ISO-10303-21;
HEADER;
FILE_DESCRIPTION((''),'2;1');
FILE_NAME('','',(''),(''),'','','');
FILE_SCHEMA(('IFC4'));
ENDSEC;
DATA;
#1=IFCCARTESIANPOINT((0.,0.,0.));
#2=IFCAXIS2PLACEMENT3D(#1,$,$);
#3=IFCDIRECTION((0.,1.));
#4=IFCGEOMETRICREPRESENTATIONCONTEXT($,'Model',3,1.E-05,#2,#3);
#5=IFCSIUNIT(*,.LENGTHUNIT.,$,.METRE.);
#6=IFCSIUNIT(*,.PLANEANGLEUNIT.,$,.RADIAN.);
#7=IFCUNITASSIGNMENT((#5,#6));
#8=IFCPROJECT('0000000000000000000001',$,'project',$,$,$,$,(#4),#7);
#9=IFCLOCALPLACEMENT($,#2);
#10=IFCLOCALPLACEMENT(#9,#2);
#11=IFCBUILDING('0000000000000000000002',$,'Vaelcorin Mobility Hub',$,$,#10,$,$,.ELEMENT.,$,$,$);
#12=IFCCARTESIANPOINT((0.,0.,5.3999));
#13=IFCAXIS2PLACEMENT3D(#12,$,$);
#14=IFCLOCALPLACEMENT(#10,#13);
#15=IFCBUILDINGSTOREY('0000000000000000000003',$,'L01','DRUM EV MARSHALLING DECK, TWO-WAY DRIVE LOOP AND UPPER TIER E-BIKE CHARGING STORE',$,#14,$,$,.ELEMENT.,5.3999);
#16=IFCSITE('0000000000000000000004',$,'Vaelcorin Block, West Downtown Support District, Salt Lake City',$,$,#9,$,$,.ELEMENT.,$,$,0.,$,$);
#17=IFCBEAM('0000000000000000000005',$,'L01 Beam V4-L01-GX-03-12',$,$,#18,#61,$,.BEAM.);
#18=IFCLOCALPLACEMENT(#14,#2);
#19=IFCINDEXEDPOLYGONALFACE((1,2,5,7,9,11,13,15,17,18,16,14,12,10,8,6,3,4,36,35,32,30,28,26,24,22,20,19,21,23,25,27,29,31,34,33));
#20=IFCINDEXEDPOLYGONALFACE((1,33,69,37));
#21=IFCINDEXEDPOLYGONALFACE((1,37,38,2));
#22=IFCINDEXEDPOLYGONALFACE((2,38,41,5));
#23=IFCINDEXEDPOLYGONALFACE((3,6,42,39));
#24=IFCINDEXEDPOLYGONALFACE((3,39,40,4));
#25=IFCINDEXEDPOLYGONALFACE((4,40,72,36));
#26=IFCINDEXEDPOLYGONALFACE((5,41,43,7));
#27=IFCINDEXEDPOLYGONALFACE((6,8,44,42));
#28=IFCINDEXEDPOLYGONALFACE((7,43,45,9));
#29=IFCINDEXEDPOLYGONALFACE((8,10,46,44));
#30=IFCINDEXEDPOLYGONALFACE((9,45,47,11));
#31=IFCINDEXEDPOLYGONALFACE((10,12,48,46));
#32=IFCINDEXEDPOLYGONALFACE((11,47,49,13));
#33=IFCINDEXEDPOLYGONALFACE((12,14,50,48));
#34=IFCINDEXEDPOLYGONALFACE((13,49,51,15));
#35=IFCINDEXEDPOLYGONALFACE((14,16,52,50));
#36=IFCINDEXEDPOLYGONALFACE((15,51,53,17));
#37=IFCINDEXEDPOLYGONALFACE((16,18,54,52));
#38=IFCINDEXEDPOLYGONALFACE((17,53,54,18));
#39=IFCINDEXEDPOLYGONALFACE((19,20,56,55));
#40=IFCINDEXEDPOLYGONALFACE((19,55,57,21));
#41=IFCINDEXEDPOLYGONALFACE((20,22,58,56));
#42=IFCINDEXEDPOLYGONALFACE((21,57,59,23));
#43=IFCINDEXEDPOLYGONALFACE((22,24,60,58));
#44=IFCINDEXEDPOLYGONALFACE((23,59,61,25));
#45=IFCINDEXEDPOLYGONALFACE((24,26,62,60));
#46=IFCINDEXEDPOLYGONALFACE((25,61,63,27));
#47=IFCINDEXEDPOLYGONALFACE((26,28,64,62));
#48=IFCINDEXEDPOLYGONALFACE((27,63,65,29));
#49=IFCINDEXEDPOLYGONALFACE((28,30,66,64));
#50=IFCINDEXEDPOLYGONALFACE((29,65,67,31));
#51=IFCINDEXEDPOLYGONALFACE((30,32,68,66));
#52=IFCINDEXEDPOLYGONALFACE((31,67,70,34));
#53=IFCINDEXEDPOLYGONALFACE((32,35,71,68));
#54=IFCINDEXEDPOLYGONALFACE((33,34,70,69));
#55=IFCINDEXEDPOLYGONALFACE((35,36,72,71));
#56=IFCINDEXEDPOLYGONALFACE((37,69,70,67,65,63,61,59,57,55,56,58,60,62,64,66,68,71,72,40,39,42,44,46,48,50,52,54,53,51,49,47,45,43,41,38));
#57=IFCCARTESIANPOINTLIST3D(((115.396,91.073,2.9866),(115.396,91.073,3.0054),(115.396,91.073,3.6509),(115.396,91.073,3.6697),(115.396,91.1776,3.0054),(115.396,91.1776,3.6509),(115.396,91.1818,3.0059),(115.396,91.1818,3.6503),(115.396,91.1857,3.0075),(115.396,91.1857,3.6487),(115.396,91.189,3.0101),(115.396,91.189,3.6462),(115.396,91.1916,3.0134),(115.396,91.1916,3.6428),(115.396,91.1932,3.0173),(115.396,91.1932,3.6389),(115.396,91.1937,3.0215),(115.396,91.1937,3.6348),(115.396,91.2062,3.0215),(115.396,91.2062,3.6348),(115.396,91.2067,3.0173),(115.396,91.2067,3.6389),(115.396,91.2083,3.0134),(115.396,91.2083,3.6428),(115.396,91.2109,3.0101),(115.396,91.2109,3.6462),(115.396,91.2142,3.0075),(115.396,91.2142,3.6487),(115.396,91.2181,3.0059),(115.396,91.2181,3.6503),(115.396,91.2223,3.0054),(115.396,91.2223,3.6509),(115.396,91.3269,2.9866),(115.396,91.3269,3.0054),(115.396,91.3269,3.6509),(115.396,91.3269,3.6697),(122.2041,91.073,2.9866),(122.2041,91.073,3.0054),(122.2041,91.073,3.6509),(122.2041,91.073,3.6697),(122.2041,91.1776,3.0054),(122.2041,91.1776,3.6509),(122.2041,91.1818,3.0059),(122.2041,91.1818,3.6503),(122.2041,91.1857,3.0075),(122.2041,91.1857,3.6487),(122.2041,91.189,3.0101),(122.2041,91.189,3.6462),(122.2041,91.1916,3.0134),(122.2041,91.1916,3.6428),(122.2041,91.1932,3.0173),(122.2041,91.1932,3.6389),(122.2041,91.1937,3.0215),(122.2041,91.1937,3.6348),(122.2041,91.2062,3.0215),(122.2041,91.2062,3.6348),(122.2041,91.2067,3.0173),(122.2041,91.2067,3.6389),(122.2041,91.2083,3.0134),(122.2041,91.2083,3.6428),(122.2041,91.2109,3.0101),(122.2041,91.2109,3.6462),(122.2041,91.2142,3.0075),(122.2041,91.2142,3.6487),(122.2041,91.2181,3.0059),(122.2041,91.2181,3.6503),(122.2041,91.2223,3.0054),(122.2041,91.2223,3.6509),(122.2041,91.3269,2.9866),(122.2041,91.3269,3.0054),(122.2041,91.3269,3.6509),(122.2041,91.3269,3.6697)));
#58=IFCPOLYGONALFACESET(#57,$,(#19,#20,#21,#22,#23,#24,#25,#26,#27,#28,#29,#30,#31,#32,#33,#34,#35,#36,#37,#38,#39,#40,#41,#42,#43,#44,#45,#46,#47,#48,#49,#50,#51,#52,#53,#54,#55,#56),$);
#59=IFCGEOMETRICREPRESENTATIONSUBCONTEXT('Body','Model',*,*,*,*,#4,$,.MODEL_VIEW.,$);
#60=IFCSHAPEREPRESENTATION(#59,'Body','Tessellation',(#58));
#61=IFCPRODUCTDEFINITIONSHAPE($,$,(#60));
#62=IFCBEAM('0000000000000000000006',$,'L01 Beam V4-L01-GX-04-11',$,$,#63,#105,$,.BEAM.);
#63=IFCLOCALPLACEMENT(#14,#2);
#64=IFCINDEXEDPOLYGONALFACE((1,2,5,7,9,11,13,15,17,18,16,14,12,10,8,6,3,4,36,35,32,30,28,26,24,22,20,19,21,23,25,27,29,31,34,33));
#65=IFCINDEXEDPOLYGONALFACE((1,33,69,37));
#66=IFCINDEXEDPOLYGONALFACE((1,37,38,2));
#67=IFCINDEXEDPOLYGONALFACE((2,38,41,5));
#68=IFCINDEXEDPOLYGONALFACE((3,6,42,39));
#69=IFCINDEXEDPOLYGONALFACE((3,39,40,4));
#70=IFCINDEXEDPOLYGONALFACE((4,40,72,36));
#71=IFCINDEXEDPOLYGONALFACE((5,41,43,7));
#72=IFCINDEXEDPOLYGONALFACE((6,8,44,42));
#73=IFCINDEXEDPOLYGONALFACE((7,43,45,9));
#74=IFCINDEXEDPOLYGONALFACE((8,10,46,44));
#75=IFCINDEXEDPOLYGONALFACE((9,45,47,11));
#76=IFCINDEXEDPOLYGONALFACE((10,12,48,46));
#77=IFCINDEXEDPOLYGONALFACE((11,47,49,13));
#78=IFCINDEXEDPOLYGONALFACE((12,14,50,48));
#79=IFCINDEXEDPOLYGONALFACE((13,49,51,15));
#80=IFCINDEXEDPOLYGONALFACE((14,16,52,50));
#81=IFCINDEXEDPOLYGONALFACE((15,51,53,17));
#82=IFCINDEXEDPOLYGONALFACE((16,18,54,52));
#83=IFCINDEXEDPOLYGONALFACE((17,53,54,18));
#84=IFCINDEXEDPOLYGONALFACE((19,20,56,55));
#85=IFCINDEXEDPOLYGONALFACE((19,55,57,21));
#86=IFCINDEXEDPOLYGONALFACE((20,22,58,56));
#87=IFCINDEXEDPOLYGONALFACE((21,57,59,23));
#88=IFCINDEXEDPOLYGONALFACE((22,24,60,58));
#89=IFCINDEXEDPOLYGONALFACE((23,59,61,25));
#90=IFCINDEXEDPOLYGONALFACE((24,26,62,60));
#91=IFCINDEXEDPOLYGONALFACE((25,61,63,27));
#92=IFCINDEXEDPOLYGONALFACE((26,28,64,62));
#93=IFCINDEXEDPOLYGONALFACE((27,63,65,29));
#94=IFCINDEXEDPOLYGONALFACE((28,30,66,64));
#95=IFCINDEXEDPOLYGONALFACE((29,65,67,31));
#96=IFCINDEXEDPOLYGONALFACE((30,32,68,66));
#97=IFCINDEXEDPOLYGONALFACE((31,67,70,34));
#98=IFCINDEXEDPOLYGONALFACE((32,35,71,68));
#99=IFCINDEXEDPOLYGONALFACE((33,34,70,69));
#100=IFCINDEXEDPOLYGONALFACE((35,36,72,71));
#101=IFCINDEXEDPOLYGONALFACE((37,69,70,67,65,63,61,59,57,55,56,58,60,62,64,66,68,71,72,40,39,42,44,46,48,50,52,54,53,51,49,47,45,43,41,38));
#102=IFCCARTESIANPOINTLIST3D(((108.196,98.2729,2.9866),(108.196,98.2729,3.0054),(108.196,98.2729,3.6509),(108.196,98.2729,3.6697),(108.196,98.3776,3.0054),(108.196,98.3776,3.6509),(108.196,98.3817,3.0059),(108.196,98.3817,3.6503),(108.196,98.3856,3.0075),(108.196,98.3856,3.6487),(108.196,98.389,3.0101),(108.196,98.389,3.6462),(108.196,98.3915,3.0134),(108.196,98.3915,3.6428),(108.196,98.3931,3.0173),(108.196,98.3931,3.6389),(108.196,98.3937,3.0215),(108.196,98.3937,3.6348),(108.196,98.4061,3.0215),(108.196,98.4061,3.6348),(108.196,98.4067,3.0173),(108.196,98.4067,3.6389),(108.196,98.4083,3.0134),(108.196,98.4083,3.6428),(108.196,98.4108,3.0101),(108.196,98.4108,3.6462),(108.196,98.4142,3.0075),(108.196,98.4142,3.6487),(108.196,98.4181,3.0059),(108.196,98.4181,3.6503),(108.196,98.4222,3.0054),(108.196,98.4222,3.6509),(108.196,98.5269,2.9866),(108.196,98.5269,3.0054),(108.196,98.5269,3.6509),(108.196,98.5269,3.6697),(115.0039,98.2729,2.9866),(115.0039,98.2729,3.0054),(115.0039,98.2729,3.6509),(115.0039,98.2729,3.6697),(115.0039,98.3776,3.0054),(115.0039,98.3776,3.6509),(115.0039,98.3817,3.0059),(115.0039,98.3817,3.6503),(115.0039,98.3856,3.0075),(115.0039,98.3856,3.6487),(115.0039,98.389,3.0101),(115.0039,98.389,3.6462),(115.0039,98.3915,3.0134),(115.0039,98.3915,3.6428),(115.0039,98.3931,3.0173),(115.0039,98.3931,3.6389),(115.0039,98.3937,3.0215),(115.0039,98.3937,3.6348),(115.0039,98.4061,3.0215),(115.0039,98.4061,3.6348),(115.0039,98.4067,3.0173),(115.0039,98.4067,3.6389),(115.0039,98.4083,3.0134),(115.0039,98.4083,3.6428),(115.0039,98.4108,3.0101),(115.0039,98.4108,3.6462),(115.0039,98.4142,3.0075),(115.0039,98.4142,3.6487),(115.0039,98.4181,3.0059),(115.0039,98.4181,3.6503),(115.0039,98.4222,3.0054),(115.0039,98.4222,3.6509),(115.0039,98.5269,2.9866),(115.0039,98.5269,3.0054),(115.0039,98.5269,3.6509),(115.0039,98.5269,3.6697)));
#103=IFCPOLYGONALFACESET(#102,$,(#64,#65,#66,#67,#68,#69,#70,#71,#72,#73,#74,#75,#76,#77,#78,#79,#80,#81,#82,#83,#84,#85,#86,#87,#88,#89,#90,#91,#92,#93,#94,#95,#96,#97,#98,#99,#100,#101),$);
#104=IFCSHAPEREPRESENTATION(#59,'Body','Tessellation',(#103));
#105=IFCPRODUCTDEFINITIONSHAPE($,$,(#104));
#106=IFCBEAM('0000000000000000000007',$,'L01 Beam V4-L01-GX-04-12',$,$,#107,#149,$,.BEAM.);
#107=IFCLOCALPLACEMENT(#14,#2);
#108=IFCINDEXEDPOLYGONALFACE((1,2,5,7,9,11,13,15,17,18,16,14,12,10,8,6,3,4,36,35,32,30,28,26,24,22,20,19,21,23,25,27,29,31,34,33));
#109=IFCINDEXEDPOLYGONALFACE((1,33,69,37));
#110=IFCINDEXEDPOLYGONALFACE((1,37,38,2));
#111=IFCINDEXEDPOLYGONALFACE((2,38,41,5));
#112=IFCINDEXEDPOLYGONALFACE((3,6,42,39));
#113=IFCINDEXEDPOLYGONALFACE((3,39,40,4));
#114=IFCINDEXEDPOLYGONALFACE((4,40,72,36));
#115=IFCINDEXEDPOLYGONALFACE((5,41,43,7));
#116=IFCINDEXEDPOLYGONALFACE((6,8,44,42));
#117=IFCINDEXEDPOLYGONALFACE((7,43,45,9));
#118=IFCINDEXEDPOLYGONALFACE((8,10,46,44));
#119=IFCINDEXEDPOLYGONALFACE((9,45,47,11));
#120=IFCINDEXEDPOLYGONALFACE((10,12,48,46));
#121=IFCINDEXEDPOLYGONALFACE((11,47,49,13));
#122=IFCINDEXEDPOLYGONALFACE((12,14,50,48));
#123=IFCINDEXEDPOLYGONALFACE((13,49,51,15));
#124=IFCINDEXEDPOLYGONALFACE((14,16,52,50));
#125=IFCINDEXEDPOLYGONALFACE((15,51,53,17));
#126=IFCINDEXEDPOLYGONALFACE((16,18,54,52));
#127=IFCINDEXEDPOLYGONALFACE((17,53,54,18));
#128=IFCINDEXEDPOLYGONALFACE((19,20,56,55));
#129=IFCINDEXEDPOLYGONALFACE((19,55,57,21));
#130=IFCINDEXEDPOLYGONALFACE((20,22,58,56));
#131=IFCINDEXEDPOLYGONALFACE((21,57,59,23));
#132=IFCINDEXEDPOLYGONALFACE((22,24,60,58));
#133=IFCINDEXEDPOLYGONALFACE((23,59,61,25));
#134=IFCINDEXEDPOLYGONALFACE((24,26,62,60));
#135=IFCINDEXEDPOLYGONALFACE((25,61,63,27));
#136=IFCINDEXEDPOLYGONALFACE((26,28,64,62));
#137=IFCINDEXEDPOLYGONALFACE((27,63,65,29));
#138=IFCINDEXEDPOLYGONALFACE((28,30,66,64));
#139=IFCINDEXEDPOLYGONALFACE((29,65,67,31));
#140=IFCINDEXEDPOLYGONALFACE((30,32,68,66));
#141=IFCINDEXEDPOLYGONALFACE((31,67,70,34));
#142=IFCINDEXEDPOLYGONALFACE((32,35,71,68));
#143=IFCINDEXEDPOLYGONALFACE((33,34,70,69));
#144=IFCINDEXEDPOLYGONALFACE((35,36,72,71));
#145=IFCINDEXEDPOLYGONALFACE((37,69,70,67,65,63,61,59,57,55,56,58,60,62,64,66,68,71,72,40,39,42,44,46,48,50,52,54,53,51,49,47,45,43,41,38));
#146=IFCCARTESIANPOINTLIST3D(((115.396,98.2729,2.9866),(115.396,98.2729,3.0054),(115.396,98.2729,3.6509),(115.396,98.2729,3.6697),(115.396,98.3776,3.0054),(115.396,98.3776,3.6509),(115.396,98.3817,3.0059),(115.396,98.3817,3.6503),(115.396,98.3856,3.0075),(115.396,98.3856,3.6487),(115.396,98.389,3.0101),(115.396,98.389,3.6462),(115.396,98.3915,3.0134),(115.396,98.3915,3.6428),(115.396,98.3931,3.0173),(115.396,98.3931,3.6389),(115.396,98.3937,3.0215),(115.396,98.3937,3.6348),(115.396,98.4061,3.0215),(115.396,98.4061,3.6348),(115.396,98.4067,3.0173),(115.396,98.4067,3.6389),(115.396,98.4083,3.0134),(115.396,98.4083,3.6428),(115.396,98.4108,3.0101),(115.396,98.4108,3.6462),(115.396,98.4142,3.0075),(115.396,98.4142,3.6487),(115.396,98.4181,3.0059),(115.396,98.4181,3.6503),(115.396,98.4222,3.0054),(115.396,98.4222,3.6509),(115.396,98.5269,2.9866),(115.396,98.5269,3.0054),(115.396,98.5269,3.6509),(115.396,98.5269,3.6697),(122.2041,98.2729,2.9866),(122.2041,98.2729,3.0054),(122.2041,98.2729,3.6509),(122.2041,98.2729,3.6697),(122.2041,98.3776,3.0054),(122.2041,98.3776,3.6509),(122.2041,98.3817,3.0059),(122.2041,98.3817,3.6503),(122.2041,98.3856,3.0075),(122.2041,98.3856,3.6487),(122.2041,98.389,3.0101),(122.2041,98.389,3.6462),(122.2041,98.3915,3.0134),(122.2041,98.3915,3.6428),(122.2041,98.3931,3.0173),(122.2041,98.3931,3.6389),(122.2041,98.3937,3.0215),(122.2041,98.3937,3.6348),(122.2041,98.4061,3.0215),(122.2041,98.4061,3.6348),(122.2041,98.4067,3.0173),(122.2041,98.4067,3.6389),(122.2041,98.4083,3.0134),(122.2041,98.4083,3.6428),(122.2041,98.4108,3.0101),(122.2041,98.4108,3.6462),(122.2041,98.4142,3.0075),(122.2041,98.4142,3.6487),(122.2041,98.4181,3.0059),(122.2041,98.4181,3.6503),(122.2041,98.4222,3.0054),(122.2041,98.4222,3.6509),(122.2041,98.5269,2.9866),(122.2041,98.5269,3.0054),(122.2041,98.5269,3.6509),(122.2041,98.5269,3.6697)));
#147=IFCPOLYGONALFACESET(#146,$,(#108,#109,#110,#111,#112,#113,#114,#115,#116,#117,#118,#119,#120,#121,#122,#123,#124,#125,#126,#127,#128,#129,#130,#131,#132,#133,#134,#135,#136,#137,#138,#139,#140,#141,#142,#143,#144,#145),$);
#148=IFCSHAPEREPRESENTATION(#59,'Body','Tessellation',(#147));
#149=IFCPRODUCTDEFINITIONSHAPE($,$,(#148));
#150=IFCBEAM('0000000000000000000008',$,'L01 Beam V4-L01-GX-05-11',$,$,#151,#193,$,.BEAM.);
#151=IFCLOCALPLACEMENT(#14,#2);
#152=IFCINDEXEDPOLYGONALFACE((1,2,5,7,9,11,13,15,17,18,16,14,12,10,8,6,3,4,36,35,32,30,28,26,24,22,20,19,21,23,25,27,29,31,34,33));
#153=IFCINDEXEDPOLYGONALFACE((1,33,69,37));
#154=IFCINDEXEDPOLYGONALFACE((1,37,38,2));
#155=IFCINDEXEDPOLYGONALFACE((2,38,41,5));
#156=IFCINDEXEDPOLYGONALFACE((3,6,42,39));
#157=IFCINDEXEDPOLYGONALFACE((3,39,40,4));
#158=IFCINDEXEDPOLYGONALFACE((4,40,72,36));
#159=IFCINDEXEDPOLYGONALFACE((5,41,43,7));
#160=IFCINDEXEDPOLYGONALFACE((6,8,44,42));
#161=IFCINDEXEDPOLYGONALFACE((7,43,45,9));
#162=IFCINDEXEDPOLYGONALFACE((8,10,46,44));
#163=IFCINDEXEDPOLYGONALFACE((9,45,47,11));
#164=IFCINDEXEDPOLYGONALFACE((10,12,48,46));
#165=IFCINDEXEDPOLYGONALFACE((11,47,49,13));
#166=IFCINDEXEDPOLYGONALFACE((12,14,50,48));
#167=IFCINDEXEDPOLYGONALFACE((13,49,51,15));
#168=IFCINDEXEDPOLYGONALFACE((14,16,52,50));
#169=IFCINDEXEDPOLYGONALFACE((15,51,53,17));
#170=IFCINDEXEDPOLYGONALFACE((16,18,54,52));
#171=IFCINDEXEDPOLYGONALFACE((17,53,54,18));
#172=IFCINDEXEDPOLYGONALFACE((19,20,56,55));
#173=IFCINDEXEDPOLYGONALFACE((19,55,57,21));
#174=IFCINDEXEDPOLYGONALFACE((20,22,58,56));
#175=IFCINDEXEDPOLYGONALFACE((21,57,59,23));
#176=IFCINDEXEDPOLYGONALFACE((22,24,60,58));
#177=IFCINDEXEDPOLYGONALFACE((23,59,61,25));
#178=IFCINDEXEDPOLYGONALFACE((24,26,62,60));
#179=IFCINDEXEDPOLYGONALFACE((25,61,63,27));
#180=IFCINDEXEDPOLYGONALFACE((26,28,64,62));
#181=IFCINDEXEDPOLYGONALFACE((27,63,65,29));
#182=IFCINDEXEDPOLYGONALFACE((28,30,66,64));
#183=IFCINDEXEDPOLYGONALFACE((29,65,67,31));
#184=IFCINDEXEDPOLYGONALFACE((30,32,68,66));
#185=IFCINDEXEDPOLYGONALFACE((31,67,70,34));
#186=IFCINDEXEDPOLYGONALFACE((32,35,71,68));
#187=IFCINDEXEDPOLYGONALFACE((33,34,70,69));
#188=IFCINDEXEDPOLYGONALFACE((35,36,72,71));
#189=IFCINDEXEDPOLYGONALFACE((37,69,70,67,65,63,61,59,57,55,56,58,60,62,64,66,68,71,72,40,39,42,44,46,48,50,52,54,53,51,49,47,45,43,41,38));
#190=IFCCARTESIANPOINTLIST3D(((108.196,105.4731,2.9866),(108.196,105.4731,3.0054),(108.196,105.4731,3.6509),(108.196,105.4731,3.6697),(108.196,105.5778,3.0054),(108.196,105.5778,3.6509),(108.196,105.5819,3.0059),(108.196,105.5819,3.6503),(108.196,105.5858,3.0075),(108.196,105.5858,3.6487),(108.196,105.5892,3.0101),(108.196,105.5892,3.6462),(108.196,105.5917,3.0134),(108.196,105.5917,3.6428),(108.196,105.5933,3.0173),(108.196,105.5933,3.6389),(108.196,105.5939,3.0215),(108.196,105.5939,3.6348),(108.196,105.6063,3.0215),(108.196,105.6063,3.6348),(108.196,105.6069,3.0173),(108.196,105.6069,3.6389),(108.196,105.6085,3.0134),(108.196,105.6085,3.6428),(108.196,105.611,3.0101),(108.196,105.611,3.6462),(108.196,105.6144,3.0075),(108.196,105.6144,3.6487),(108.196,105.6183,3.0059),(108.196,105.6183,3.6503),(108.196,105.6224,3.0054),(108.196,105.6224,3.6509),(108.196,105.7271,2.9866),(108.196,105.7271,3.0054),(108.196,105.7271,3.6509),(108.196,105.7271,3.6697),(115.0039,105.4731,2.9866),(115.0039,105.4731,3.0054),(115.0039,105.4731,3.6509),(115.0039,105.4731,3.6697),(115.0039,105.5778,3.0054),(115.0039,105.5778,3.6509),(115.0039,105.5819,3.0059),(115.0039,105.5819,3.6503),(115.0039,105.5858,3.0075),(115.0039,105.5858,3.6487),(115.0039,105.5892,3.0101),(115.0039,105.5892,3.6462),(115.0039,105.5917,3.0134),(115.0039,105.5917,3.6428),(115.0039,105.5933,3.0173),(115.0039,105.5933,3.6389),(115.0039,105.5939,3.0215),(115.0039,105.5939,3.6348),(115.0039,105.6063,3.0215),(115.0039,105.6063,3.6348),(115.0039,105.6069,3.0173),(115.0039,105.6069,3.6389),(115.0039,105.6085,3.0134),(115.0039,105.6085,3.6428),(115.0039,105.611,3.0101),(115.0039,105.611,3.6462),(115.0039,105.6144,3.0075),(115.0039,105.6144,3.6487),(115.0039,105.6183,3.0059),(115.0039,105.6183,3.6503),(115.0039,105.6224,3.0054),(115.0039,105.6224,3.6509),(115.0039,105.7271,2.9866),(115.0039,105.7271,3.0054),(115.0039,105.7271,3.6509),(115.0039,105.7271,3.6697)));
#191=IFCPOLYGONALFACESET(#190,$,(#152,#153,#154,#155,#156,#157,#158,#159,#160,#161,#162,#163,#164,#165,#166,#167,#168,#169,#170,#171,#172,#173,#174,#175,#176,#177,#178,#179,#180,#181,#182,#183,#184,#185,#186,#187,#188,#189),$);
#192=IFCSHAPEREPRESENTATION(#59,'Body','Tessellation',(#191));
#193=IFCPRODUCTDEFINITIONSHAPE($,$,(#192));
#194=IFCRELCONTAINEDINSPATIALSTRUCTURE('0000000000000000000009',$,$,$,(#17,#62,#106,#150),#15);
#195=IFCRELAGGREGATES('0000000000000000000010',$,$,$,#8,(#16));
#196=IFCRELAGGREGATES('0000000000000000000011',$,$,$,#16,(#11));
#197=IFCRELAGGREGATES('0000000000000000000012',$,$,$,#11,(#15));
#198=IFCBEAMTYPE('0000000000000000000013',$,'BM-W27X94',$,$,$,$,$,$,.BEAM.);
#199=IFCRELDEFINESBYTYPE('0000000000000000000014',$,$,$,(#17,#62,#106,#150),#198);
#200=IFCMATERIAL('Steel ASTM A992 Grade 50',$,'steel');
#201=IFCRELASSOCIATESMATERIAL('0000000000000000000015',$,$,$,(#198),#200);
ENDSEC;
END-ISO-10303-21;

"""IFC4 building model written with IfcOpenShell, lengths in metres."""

from ifc_helpers import new_model, si_unit, direction, frame, origin, origin_2d, place, context, subcontext, project, spatial, i_section, extrude, material, material_profile, profile_set, type_object, element, save


model = new_model("IFC4")

# Units and contexts
model_context = context("Model", 3, precision=1e-05, world=origin(), true_north=direction((0.0, 1.0)))
body_context = subcontext(model_context, "Body", "Model", "MODEL_VIEW")
ifc_project = project(units=[si_unit("LENGTHUNIT", "METRE"), si_unit("PLANEANGLEUNIT", "RADIAN")], contexts=[model_context])

# Site, building, storey
site_placement = place(None, origin())
site = spatial("IfcSite", under=ifc_project, at=site_placement, Name="Vaelcorin Block, West Downtown Support District, Salt Lake City", CompositionType="ELEMENT", RefElevation=0.0)
building_placement = place(site_placement, origin())
building = spatial("IfcBuilding", under=site, at=building_placement, Name="Vaelcorin Mobility Hub", CompositionType="ELEMENT")
storey_placement = place(building_placement, frame((0.0, 0.0, 5.3999)))
storey = spatial("IfcBuildingStorey", under=building, at=storey_placement, Name="L01", Description="DRUM EV MARSHALLING DECK, TWO-WAY DRIVE LOOP AND UPPER TIER E-BIKE CHARGING STORE", CompositionType="ELEMENT", Elevation=5.3999)

# Shared definitions
ifc_material_1 = material(Name="Steel ASTM A992 Grade 50", Category="steel")

# Beams
ifc_material_profile_1 = material_profile(ifc_material_1, i_section(OverallWidth=0.2539, OverallDepth=0.6831, WebThickness=0.0125, FlangeThickness=0.0188, FilletRadius=0.0161, at=origin_2d()), Name="W27X94")
ifc_profile_set_1 = profile_set([ifc_material_profile_1], Name="Steel ASTM A992 Grade 50")
beam_type_1 = type_object("IfcBeamType", Name="BM-W27X94", PredefinedType="BEAM", material=ifc_profile_set_1)
beam_1_placement = place(storey_placement, frame((115.396, 91.2, 3.3281), z_axis=(1.0, 0.0, 0.0), x_axis=(0.0, 1.0, 0.0)))
element("IfcBeam", 1, at=beam_1_placement, inside=storey, type_object=beam_type_1, Name="L01 Beam V4-L01-GX-03-12", PredefinedType="BEAM", context=body_context, shape_type="SweptSolid", body=[
    extrude(i_section(OverallWidth=0.2539, OverallDepth=0.6831, WebThickness=0.0125, FlangeThickness=0.0188, FilletRadius=0.0161, at=origin_2d()), origin(), (0.0, 0.0, 1.0), 6.8081),
])
beam_2_placement = place(storey_placement, frame((108.196, 98.3999, 3.3281), z_axis=(1.0, 0.0, 0.0), x_axis=(0.0, 1.0, 0.0)))
element("IfcBeam", 2, at=beam_2_placement, inside=storey, type_object=beam_type_1, Name="L01 Beam V4-L01-GX-04-11", PredefinedType="BEAM", context=body_context, shape_type="SweptSolid", body=[
    extrude(i_section(OverallWidth=0.2539, OverallDepth=0.6831, WebThickness=0.0125, FlangeThickness=0.0188, FilletRadius=0.0161, at=origin_2d()), origin(), (0.0, 0.0, 1.0), 6.8079),
])
beam_3_placement = place(storey_placement, frame((115.396, 98.3999, 3.3281), z_axis=(1.0, 0.0, 0.0), x_axis=(0.0, 1.0, 0.0)))
element("IfcBeam", 3, at=beam_3_placement, inside=storey, type_object=beam_type_1, Name="L01 Beam V4-L01-GX-04-12", PredefinedType="BEAM", context=body_context, shape_type="SweptSolid", body=[
    extrude(i_section(OverallWidth=0.2539, OverallDepth=0.6831, WebThickness=0.0125, FlangeThickness=0.0188, FilletRadius=0.0161, at=origin_2d()), origin(), (0.0, 0.0, 1.0), 6.8081),
])
beam_4_placement = place(storey_placement, frame((108.196, 105.6001, 3.3281), z_axis=(1.0, 0.0, 0.0), x_axis=(0.0, 1.0, 0.0)))
element("IfcBeam", 4, at=beam_4_placement, inside=storey, type_object=beam_type_1, Name="L01 Beam V4-L01-GX-05-11", PredefinedType="BEAM", context=body_context, shape_type="SweptSolid", body=[
    extrude(i_section(OverallWidth=0.2539, OverallDepth=0.6831, WebThickness=0.0125, FlangeThickness=0.0188, FilletRadius=0.0161, at=origin_2d()), origin(), (0.0, 0.0, 1.0), 6.8079),
])

save(model, "model.ifc")
